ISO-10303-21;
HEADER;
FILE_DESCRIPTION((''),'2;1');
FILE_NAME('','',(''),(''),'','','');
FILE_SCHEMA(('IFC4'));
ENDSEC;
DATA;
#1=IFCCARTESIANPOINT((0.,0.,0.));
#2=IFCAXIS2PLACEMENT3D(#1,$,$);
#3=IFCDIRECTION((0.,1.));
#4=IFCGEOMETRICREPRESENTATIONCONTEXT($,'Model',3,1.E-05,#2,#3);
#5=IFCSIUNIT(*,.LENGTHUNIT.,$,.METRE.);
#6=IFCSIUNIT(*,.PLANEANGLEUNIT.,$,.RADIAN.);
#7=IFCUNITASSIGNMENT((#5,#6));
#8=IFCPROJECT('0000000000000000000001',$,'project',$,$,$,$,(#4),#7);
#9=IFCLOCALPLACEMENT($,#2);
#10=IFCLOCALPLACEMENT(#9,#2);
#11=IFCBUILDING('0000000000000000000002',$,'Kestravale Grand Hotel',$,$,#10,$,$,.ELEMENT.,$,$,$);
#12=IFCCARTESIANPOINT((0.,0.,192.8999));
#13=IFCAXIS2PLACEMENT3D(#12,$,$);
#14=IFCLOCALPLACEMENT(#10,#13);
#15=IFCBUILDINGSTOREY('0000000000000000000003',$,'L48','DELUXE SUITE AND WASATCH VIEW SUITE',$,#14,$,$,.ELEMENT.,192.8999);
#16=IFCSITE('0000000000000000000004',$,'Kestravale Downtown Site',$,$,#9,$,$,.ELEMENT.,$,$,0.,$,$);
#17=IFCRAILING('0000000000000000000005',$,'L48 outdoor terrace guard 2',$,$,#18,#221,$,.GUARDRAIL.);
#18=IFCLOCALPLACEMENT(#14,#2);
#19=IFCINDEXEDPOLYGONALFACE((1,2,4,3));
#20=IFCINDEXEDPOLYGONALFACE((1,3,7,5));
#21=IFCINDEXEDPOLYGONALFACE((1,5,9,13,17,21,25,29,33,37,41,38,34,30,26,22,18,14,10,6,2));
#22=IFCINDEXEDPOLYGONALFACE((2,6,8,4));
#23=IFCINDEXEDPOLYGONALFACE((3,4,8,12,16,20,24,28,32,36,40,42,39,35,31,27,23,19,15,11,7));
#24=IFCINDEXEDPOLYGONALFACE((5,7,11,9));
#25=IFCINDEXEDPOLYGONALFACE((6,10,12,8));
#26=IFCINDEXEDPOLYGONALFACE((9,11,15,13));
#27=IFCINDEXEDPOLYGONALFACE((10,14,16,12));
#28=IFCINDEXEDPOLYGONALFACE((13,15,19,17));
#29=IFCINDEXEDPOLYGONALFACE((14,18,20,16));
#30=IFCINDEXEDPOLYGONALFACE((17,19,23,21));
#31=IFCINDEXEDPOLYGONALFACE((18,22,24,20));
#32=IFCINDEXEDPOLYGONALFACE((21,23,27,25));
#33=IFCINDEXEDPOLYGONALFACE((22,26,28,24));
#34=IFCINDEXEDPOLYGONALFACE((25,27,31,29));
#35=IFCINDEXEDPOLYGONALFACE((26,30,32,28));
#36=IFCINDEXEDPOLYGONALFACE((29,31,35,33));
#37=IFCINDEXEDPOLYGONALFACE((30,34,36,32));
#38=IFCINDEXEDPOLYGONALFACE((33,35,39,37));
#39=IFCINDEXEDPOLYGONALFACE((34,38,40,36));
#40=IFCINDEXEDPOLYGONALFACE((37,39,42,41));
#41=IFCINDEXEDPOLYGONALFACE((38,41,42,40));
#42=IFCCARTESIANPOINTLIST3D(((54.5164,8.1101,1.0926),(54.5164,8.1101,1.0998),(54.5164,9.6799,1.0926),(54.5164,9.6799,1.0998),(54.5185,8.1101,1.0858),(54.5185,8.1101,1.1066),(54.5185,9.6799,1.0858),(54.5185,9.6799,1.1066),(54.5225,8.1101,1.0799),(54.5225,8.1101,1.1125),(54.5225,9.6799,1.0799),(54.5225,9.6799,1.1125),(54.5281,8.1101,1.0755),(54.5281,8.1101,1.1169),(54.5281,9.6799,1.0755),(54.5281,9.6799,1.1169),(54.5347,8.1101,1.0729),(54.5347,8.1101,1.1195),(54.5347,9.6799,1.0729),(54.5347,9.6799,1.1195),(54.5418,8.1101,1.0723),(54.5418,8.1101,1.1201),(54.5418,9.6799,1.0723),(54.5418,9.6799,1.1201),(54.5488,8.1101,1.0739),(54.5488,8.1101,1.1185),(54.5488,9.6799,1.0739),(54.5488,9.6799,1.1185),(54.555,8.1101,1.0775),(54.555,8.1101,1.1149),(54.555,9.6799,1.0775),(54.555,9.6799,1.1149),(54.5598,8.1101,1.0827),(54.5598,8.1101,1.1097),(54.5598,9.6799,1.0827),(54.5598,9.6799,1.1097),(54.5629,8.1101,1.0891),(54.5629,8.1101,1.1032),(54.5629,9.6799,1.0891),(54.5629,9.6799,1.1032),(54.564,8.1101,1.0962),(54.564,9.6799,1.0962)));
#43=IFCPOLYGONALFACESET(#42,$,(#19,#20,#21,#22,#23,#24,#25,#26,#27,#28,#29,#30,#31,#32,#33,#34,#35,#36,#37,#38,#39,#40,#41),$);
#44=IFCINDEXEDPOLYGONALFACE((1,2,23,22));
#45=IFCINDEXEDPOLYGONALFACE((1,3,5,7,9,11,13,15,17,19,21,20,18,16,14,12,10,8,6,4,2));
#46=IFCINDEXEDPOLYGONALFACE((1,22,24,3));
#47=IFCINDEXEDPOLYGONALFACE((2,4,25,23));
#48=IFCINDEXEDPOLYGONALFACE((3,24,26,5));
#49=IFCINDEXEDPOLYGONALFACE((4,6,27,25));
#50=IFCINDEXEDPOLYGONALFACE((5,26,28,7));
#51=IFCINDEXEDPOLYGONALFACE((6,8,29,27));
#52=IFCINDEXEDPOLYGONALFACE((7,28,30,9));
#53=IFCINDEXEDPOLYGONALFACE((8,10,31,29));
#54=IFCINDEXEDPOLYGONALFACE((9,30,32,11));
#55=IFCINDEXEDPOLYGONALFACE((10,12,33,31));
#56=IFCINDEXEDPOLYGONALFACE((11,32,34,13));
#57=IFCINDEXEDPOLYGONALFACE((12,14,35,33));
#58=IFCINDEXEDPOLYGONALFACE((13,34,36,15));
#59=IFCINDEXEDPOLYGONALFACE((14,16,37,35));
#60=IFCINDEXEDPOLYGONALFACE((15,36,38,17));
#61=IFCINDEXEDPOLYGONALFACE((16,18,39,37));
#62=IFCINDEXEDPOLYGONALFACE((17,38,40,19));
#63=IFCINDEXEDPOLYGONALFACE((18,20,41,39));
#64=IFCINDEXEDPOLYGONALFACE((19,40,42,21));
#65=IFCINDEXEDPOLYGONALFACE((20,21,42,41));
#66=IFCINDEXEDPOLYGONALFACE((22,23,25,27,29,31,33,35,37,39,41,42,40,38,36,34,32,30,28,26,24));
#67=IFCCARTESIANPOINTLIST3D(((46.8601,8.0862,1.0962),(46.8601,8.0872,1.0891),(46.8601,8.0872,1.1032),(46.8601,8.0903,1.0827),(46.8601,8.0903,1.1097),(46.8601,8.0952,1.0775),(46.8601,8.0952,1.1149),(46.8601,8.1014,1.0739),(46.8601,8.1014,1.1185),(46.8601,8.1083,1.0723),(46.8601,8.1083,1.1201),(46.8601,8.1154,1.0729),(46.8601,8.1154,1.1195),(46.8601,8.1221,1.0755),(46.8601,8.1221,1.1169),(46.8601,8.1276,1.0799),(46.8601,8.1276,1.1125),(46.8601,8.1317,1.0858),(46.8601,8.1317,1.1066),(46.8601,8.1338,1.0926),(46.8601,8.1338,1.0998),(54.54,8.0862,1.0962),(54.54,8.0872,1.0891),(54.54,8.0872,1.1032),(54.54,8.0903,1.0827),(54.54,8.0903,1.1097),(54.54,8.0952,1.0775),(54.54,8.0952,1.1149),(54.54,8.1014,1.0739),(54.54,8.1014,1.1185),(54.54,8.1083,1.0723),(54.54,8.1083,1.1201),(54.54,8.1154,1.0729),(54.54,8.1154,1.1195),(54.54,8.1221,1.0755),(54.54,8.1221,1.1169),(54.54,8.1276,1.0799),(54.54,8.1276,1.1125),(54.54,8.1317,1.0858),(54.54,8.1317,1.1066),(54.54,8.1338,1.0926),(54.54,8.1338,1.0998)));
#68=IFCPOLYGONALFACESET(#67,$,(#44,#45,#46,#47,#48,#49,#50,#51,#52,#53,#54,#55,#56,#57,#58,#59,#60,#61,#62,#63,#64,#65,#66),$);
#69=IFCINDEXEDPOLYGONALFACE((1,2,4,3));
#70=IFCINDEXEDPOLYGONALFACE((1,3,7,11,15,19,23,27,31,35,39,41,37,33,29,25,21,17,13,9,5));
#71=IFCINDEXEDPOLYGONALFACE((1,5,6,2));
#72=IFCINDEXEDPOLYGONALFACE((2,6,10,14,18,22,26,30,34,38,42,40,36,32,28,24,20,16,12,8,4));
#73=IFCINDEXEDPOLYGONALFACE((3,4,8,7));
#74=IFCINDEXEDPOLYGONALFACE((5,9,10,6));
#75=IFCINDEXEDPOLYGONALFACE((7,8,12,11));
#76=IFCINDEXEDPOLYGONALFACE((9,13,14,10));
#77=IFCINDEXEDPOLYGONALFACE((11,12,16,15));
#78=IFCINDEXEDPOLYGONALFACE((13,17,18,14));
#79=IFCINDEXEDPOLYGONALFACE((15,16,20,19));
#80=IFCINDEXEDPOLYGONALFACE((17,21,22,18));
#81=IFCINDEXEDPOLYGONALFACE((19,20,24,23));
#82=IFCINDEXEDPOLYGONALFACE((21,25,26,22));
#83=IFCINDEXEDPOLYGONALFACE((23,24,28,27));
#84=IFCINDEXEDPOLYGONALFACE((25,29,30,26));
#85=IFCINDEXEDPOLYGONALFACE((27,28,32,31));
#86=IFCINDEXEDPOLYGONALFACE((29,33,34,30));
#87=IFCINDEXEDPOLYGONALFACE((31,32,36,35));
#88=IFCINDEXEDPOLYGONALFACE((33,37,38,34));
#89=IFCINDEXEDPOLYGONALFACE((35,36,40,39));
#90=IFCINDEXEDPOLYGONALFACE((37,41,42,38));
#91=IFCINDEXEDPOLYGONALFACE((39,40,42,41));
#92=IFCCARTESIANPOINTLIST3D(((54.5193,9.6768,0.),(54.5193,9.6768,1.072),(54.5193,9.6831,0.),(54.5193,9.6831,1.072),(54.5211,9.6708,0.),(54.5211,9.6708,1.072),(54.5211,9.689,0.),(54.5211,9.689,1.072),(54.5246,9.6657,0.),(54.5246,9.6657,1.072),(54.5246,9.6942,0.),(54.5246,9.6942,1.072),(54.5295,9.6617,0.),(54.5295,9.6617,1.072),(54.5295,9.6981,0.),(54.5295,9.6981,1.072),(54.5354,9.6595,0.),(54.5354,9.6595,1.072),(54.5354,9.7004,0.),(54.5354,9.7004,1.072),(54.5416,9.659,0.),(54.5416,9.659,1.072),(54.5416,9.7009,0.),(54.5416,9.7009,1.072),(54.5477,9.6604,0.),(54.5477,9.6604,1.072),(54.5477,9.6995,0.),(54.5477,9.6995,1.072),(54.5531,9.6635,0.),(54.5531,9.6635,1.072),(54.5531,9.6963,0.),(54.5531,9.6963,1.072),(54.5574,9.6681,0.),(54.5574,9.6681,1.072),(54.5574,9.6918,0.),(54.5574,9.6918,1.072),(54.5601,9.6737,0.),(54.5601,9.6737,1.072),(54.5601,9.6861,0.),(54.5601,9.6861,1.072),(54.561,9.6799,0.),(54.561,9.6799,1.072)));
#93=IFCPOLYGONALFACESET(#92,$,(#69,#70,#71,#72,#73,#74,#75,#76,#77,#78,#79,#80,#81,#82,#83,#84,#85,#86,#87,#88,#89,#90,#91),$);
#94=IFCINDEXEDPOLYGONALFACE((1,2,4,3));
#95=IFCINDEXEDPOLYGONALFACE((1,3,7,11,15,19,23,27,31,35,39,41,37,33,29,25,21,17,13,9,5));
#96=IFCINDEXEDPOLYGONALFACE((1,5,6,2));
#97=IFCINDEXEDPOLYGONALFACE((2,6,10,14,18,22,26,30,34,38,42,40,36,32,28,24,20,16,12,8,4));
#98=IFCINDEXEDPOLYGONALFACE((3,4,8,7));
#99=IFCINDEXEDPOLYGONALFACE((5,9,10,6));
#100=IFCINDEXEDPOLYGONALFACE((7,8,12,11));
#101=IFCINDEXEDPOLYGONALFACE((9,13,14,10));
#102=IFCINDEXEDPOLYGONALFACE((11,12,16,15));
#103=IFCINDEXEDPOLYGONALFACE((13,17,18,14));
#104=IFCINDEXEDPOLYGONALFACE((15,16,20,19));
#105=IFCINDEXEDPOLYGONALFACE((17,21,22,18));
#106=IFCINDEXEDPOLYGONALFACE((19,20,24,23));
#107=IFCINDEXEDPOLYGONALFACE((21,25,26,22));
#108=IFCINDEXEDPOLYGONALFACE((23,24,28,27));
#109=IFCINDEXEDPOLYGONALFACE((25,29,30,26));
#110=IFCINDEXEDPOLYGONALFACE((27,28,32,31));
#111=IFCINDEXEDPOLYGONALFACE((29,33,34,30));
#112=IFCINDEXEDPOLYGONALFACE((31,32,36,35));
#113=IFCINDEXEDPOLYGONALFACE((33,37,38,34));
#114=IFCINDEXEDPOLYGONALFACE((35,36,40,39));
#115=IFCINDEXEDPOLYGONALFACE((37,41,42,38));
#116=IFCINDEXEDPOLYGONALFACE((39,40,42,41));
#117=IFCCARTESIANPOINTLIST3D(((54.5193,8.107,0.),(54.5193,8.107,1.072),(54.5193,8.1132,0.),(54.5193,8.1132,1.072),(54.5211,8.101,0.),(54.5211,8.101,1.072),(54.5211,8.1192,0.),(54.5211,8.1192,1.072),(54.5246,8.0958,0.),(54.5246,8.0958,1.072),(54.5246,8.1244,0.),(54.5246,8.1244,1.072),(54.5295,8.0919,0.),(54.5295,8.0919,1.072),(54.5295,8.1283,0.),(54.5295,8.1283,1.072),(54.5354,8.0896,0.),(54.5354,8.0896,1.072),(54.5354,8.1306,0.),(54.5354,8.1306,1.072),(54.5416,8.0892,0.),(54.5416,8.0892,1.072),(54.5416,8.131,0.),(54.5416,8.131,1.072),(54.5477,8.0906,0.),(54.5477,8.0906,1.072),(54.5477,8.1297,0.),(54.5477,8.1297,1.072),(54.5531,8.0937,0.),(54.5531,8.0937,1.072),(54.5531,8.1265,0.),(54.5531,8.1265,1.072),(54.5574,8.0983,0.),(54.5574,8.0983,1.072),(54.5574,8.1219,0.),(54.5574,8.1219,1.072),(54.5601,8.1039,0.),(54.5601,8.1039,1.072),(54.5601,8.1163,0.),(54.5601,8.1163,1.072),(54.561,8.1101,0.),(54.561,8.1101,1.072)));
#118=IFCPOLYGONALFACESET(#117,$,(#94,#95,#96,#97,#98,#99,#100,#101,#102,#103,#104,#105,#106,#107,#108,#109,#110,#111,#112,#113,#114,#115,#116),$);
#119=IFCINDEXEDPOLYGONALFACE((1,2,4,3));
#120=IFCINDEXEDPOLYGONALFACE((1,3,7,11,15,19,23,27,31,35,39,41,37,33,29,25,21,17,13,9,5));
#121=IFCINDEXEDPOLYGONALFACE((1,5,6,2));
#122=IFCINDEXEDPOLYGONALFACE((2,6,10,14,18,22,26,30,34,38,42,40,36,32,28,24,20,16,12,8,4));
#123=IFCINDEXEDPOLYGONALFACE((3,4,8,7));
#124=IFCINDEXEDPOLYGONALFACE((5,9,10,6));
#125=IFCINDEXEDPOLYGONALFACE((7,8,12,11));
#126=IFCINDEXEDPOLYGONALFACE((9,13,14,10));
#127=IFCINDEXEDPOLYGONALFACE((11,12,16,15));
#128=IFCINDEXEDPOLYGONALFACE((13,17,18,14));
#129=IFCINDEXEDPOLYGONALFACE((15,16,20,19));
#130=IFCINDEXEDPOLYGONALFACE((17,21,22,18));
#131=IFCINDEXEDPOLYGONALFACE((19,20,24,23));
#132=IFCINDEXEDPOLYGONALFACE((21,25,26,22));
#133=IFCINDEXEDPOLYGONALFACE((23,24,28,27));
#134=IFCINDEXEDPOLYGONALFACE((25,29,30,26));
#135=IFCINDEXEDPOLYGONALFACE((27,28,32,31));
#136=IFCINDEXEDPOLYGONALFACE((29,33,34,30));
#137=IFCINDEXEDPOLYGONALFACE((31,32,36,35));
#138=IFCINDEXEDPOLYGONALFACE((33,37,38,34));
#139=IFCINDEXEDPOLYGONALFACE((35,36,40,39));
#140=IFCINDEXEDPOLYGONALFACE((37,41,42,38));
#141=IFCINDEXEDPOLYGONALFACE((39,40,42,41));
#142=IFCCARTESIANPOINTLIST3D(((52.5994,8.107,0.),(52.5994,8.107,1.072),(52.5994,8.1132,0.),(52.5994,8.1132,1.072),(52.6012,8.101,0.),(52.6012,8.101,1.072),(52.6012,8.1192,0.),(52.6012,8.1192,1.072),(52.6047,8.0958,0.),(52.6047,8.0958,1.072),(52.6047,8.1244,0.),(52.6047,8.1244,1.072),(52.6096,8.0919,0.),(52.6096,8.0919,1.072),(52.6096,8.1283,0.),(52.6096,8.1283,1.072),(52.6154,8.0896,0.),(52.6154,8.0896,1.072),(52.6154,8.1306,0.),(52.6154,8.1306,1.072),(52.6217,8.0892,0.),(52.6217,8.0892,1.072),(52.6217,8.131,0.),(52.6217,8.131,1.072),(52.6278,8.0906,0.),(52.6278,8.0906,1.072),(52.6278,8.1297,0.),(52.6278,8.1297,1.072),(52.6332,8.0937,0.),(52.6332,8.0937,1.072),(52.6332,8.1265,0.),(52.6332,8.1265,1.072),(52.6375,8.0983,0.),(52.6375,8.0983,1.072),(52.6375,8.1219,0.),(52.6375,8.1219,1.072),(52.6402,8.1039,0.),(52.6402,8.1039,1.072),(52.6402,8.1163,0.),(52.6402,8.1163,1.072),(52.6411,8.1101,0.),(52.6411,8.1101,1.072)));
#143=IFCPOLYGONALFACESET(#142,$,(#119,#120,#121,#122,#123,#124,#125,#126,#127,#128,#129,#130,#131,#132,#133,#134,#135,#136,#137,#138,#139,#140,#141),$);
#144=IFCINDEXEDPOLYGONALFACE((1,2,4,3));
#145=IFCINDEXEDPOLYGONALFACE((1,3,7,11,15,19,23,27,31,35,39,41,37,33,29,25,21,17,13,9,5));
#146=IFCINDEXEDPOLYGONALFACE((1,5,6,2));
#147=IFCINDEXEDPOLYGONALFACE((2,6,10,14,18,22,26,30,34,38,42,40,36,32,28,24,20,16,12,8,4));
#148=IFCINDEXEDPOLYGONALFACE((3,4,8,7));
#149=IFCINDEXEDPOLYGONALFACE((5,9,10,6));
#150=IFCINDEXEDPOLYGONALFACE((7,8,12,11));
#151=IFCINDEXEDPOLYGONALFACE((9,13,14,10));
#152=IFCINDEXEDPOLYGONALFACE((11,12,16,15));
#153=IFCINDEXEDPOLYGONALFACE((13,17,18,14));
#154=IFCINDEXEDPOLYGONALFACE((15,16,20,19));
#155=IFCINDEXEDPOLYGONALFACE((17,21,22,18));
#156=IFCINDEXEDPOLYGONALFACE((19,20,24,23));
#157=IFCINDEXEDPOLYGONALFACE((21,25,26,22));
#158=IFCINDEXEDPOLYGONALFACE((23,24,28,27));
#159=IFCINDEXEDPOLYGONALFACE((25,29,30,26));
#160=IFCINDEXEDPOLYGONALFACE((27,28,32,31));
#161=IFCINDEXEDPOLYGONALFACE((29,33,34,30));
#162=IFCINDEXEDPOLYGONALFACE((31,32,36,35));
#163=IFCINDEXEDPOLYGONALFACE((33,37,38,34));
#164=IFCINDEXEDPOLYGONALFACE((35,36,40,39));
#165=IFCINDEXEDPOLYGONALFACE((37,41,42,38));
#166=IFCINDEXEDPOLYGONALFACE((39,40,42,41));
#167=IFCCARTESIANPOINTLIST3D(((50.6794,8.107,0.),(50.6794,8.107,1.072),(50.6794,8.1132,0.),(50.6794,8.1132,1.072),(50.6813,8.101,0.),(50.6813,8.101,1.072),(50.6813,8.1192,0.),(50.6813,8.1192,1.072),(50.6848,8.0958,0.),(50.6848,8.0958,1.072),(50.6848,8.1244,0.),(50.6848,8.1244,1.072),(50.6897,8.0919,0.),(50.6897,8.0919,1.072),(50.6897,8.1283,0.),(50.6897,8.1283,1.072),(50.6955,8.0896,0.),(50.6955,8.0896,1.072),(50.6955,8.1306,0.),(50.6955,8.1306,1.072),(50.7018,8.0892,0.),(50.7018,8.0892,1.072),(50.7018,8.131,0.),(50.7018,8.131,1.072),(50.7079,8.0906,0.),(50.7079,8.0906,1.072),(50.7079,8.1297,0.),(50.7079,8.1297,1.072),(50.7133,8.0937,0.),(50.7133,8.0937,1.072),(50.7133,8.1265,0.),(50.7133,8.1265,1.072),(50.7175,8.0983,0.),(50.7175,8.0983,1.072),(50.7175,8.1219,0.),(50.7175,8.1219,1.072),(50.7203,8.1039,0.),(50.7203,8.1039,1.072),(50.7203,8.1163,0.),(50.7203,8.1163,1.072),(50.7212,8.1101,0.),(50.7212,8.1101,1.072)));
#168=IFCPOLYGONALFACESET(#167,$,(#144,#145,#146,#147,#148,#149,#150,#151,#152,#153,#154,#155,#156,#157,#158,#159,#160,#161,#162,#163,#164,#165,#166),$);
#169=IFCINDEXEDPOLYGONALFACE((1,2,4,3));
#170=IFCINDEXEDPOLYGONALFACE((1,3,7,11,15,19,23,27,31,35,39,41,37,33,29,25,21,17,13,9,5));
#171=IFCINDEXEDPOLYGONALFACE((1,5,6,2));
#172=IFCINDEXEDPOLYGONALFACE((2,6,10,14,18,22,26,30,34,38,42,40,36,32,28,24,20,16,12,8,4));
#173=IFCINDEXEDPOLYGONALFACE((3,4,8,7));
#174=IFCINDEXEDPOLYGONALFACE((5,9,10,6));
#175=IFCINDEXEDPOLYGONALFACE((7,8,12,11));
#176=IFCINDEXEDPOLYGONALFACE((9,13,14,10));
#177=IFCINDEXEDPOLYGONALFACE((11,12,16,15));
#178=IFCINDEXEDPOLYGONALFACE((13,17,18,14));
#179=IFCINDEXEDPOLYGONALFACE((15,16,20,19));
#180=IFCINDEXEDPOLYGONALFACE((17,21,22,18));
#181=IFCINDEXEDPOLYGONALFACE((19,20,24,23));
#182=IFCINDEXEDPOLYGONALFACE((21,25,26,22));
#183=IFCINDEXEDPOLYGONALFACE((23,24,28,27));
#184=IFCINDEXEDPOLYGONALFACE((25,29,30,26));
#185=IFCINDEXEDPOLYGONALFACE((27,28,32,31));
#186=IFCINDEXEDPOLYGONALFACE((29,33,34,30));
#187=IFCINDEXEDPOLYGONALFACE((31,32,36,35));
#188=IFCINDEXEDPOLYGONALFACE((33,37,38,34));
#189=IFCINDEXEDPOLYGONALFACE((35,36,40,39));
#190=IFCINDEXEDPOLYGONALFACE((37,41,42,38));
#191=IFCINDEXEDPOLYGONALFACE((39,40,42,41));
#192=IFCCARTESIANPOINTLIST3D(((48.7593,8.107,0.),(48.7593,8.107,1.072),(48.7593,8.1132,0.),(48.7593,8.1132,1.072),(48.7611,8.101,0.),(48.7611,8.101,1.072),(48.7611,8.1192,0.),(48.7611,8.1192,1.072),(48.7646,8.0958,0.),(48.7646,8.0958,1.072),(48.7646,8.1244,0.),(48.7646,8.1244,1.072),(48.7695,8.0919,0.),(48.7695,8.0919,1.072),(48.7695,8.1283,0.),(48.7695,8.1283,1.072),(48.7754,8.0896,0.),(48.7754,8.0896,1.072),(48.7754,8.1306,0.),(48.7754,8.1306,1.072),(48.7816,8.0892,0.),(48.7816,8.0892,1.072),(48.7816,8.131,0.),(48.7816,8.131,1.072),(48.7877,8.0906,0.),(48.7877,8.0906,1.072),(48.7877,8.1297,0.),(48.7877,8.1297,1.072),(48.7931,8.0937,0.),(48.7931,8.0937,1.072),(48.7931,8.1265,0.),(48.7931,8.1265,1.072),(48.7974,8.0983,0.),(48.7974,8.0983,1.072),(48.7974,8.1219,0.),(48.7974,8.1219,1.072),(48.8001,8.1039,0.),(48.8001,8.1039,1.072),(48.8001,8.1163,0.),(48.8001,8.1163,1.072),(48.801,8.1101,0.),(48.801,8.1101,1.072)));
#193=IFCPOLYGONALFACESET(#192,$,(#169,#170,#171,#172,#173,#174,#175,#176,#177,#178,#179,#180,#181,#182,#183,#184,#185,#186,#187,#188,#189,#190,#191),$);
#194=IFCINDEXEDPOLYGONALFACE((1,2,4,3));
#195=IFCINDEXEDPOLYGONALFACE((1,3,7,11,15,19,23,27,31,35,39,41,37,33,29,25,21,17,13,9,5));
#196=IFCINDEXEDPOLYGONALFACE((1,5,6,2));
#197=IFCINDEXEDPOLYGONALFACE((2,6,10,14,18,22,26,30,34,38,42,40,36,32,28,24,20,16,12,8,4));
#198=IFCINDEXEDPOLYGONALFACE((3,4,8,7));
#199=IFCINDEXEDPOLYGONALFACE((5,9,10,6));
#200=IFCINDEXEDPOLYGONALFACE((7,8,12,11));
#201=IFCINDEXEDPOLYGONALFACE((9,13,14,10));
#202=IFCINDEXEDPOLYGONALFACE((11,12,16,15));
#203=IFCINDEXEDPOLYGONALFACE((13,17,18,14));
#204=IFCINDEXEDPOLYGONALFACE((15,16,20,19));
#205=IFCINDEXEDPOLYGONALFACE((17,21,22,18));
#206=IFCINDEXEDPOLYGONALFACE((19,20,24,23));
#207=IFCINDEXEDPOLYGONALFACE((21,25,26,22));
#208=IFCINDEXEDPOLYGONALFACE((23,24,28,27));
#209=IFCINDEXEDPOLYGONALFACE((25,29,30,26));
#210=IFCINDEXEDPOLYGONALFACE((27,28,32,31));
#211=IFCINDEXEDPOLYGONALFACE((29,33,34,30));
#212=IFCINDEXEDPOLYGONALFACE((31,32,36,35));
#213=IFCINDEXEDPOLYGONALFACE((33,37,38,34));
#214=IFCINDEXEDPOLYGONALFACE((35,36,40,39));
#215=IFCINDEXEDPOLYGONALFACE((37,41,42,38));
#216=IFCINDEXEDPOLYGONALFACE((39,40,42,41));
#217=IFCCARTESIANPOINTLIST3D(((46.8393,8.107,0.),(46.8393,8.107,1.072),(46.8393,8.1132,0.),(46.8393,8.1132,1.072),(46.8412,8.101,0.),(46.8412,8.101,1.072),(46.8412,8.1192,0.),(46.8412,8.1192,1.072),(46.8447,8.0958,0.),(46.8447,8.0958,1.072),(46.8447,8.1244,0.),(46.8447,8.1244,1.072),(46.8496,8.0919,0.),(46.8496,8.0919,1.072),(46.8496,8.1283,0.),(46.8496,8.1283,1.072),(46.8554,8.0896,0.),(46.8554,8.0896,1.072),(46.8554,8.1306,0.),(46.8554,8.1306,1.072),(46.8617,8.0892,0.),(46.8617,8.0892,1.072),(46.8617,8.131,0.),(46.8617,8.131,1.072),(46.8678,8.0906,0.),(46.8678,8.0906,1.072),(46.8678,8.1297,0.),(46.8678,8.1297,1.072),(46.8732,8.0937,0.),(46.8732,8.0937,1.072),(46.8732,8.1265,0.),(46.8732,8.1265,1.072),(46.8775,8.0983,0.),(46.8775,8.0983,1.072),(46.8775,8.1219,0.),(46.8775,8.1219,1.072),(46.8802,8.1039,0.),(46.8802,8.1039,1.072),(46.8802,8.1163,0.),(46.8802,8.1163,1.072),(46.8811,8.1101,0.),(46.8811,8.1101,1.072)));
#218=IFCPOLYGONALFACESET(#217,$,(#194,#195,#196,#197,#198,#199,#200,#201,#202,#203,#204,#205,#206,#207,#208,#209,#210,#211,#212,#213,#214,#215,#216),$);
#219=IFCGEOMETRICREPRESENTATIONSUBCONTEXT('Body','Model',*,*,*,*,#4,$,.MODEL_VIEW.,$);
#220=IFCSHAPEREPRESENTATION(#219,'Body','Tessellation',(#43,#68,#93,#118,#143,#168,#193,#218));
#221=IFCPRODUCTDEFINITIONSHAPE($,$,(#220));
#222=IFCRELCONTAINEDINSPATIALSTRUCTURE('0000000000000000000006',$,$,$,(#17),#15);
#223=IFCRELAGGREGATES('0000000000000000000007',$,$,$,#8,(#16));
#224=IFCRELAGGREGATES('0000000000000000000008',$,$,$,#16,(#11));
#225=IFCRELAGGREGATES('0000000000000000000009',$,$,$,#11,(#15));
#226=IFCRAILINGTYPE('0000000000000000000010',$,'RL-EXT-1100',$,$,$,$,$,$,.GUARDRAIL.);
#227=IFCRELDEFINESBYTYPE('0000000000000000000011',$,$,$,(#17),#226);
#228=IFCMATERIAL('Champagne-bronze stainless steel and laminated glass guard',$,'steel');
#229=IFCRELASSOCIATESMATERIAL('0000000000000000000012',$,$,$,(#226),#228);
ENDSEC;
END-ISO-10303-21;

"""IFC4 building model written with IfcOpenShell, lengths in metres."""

from ifc_helpers import new_model, si_unit, direction, frame, origin, origin_2d, place, context, subcontext, project, spatial, circle, extrude, material, type_object, element, save


model = new_model("IFC4")

# Units and contexts
model_context = context("Model", 3, precision=1e-05, world=origin(), true_north=direction((0.0, 1.0)))
body_context = subcontext(model_context, "Body", "Model", "MODEL_VIEW")
ifc_project = project(units=[si_unit("LENGTHUNIT", "METRE"), si_unit("PLANEANGLEUNIT", "RADIAN")], contexts=[model_context])

# Site, building, storey
site_placement = place(None, origin())
site = spatial("IfcSite", under=ifc_project, at=site_placement, Name="Kestravale Downtown Site", CompositionType="ELEMENT", RefElevation=0.0)
building_placement = place(site_placement, origin())
building = spatial("IfcBuilding", under=site, at=building_placement, Name="Kestravale Grand Hotel", CompositionType="ELEMENT")
storey_placement = place(building_placement, frame((0.0, 0.0, 192.8999)))
storey = spatial("IfcBuildingStorey", under=building, at=storey_placement, Name="L48", Description="DELUXE SUITE AND WASATCH VIEW SUITE", CompositionType="ELEMENT", Elevation=192.8999)

# Railing
ifc_material_1 = material(Name="Champagne-bronze stainless steel and laminated glass guard", Category="steel")
railing_type = type_object("IfcRailingType", Name="RL-EXT-1100", PredefinedType="GUARDRAIL", material=ifc_material_1)
railing_1_placement = place(storey_placement, frame((54.54, 9.6799, 0.0)))
element("IfcRailing", 1, at=railing_1_placement, inside=storey, type_object=railing_type, Name="L48 outdoor terrace guard 2", PredefinedType="GUARDRAIL", context=body_context, shape_type="SweptSolid", body=[
    extrude(circle(Radius=0.0239, at=origin_2d()), frame((0.0, 0.0, 1.0962), z_axis=(0.0, -1.0, 0.0), x_axis=(1.0, 0.0, 0.0)), (0.0, 0.0, 1.0), 1.5698),
    extrude(circle(Radius=0.0239, at=origin_2d()), frame((0.0, -1.5698, 1.0962), z_axis=(-1.0, 0.0, 0.0), x_axis=(0.0, -1.0, 0.0)), (0.0, 0.0, 1.0), 7.6799),
    extrude(circle(Radius=0.021, at=origin_2d()), origin(), (0.0, 0.0, 1.0), 1.072),
    extrude(circle(Radius=0.021, at=origin_2d()), frame((0.0, -1.5698, 0.0)), (0.0, 0.0, 1.0), 1.072),
    extrude(circle(Radius=0.021, at=origin_2d()), frame((-1.9199, -1.5698, 0.0)), (0.0, 0.0, 1.0), 1.072),
    extrude(circle(Radius=0.021, at=origin_2d()), frame((-3.8398, -1.5698, 0.0)), (0.0, 0.0, 1.0), 1.072),
    extrude(circle(Radius=0.021, at=origin_2d()), frame((-5.76, -1.5698, 0.0)), (0.0, 0.0, 1.0), 1.072),
    extrude(circle(Radius=0.021, at=origin_2d()), frame((-7.6799, -1.5698, 0.0)), (0.0, 0.0, 1.0), 1.072),
])

save(model, "model.ifc")
